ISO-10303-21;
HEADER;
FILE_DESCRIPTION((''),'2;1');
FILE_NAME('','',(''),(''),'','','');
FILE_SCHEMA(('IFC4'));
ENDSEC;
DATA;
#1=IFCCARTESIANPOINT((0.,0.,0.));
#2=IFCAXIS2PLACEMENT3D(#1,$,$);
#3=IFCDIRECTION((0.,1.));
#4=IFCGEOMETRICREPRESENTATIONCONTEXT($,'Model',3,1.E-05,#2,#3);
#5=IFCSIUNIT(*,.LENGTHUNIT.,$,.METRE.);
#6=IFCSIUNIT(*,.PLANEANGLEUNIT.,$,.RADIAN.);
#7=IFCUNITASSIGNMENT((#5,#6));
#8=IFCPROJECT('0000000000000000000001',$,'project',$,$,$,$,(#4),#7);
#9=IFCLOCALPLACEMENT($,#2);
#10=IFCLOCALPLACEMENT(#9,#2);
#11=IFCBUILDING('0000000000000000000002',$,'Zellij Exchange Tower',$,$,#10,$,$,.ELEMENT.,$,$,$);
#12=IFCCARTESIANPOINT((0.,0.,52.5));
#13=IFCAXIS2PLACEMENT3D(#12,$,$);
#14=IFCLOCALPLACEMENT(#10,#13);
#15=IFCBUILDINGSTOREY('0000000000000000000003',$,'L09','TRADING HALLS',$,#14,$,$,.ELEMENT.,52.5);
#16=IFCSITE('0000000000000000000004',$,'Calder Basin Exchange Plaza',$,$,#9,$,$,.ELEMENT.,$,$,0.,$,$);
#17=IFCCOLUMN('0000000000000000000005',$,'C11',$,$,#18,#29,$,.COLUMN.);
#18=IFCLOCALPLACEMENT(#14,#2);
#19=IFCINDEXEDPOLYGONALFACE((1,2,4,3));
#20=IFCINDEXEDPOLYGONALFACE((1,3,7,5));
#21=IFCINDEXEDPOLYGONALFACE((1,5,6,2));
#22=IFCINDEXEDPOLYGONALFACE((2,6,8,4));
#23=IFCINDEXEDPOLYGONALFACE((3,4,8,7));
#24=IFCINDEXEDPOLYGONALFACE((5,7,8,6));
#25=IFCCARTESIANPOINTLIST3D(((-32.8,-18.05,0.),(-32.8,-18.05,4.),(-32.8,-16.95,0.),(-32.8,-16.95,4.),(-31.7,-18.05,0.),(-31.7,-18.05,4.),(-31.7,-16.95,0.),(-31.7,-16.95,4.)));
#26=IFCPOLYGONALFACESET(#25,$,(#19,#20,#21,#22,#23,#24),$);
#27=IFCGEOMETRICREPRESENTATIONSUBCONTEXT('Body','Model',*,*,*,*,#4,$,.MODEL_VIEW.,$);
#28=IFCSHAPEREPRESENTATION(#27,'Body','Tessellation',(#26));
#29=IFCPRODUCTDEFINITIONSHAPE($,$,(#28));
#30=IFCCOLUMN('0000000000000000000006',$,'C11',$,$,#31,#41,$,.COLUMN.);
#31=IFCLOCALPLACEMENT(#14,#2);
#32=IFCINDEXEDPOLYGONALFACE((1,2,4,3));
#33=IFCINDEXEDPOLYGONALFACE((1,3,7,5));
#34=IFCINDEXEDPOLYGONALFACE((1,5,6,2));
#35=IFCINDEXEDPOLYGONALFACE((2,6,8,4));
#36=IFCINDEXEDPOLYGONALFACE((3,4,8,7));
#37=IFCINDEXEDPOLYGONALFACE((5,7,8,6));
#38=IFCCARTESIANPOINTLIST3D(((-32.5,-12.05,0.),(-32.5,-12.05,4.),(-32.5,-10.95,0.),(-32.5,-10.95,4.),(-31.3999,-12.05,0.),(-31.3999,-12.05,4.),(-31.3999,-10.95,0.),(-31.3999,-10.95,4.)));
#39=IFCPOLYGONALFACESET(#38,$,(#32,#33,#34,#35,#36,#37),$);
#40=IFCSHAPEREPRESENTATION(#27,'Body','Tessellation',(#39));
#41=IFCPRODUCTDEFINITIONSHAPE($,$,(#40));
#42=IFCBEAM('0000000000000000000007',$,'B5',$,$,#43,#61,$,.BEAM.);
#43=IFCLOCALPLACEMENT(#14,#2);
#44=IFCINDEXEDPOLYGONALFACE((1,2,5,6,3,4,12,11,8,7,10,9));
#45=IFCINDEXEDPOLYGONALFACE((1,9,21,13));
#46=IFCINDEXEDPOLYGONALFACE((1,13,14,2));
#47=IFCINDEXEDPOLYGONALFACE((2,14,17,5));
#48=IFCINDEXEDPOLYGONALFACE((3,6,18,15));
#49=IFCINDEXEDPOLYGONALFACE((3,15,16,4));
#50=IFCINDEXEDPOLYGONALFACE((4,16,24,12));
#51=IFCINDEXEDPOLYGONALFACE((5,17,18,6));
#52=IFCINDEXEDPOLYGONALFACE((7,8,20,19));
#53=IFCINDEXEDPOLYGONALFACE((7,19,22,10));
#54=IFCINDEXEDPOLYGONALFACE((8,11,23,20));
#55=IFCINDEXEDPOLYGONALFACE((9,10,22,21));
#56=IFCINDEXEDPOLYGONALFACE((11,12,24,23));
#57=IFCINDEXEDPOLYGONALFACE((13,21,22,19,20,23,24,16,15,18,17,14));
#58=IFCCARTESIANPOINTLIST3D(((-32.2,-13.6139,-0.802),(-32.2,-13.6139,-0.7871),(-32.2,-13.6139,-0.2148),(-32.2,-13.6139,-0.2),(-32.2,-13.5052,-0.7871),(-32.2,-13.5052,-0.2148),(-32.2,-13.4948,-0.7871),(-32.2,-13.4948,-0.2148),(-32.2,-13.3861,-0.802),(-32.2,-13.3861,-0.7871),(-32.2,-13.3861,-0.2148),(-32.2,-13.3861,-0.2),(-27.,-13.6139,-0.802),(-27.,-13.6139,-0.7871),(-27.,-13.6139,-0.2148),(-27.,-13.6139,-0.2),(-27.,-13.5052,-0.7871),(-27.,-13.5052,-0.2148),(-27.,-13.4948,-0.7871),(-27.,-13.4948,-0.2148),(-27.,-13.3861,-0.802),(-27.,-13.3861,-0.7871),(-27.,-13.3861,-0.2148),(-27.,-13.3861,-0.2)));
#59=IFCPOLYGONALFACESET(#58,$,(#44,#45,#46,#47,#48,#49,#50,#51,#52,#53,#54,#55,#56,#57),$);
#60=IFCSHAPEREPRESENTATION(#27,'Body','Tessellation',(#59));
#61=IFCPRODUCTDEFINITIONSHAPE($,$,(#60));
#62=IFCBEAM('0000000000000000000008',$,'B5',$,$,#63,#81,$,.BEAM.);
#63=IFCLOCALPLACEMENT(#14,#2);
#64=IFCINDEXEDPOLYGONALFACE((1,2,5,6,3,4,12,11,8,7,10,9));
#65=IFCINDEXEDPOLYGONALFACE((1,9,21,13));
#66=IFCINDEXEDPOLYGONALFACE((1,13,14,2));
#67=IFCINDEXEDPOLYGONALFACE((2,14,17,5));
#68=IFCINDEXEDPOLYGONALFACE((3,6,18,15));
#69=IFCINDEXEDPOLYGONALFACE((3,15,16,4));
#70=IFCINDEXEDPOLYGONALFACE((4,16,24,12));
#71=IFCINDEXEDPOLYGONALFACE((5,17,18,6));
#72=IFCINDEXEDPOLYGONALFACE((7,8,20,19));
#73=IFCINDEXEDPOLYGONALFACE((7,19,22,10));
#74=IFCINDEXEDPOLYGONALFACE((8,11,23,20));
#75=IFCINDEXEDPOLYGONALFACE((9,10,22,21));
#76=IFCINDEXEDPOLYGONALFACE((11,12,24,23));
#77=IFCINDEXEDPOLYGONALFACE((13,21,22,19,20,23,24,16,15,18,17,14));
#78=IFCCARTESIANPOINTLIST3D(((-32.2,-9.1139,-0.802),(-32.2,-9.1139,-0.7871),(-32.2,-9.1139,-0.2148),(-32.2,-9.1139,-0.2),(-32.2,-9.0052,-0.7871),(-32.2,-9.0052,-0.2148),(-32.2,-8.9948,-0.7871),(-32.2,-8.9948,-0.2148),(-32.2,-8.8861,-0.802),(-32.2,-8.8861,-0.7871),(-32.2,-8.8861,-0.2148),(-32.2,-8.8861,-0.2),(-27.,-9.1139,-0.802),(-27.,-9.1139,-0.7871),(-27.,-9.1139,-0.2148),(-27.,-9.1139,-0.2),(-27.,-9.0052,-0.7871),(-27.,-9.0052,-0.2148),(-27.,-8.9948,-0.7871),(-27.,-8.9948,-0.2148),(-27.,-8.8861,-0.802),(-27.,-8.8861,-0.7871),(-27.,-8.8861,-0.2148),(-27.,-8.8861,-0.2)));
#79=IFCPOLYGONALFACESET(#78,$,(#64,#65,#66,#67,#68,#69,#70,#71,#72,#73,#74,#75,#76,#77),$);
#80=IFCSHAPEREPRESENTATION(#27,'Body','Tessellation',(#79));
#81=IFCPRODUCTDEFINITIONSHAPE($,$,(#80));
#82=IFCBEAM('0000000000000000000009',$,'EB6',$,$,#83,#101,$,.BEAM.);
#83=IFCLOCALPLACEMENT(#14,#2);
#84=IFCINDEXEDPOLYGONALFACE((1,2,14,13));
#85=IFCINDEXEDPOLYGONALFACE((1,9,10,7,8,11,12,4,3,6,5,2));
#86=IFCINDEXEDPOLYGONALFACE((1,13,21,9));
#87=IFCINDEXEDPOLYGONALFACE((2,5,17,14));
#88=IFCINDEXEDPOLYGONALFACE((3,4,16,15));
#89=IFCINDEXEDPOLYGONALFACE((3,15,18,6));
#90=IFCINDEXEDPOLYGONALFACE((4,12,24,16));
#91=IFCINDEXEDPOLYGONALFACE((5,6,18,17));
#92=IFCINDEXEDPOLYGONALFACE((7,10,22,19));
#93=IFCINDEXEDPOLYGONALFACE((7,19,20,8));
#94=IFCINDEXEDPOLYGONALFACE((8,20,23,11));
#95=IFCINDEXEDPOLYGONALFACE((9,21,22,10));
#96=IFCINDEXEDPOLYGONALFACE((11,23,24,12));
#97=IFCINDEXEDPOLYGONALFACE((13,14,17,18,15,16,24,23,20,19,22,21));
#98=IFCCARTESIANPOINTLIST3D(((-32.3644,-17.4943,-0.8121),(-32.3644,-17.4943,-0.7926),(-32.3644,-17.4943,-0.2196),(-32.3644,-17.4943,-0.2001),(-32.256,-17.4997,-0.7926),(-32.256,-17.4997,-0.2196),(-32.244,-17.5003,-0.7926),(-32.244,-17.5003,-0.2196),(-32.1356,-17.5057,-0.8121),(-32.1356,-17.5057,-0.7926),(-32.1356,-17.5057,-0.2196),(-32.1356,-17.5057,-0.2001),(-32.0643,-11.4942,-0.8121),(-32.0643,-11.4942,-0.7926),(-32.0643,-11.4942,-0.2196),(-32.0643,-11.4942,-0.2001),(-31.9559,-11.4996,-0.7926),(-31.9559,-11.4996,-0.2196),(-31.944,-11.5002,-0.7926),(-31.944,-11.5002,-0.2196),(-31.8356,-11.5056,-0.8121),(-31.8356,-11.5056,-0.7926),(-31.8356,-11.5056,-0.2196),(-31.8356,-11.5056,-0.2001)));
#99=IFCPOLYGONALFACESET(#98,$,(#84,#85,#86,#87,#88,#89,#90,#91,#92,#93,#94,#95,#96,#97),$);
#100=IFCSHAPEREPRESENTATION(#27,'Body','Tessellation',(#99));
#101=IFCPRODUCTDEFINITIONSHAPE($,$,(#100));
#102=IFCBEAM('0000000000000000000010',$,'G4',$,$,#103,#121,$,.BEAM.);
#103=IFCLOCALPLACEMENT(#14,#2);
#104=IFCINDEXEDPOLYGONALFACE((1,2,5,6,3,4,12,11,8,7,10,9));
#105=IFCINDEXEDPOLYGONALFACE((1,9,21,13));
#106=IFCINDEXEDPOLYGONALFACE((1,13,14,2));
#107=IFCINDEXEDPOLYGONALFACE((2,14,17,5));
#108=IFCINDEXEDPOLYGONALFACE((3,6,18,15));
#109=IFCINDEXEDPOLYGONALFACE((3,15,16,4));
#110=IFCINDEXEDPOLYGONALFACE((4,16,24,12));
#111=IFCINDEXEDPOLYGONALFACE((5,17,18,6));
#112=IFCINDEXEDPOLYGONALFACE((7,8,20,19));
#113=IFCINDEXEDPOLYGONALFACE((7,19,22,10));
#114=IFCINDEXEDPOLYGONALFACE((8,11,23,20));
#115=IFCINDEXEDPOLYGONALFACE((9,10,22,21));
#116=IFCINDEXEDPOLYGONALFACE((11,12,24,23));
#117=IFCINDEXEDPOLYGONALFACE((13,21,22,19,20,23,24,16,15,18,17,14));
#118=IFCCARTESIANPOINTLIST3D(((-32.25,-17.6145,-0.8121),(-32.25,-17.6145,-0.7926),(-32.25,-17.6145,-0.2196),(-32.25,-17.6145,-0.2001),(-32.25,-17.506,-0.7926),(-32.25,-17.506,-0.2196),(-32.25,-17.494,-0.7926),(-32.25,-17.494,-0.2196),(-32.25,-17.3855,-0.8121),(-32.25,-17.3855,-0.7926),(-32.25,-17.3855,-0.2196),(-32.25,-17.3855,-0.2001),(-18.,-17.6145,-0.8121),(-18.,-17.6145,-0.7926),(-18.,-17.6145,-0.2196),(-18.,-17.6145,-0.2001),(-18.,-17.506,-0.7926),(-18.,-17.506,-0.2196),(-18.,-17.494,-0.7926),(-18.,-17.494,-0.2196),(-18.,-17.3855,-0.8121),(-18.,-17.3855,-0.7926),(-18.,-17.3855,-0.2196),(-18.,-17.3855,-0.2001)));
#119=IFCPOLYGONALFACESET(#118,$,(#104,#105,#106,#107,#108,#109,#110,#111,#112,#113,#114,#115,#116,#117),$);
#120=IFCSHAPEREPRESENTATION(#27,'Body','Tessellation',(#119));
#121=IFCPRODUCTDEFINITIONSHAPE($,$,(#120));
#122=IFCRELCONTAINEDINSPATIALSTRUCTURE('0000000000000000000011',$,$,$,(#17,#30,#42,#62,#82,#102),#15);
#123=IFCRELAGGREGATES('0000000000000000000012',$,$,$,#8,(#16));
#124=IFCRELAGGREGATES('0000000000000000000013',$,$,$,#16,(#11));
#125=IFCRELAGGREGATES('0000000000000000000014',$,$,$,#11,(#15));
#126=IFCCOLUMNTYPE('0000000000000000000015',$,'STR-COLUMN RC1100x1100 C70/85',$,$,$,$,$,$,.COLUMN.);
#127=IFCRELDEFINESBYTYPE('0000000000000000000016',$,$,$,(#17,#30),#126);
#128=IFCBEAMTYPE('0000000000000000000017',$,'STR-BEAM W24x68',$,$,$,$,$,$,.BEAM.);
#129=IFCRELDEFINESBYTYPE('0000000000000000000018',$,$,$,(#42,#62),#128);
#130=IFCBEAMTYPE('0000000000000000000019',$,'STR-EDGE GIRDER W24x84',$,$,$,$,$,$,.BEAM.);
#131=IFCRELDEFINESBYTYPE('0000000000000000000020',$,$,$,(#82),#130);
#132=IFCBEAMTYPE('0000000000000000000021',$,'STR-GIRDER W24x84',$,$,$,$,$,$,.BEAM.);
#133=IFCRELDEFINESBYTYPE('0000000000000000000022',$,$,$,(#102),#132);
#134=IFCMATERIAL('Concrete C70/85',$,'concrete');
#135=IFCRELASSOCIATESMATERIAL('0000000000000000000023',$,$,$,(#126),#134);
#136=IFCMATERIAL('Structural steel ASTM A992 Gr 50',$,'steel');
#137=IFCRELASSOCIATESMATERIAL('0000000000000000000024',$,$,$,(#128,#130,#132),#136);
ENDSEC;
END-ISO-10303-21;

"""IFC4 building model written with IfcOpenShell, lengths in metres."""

from ifc_helpers import new_model, si_unit, direction, frame, origin, origin_2d, place, context, subcontext, project, spatial, rectangle, i_section, extrude, material, material_profile, profile_set, type_object, element, save


model = new_model("IFC4")

# Units and contexts
model_context = context("Model", 3, precision=1e-05, world=origin(), true_north=direction((0.0, 1.0)))
body_context = subcontext(model_context, "Body", "Model", "MODEL_VIEW")
ifc_project = project(units=[si_unit("LENGTHUNIT", "METRE"), si_unit("PLANEANGLEUNIT", "RADIAN")], contexts=[model_context])

# Site, building, storey
site_placement = place(None, origin())
site = spatial("IfcSite", under=ifc_project, at=site_placement, Name="Calder Basin Exchange Plaza", CompositionType="ELEMENT", RefElevation=0.0)
building_placement = place(site_placement, origin())
building = spatial("IfcBuilding", under=site, at=building_placement, Name="Zellij Exchange Tower", CompositionType="ELEMENT")
storey_placement = place(building_placement, frame((0.0, 0.0, 52.5)))
storey = spatial("IfcBuildingStorey", under=building, at=storey_placement, Name="L09", Description="TRADING HALLS", CompositionType="ELEMENT", Elevation=52.5)

# Columns
ifc_material_1 = material(Name="Concrete C70/85", Category="concrete")
ifc_material_profile_1 = material_profile(ifc_material_1, rectangle(XDim=1.1001, YDim=1.1001, at=origin_2d()), Name="STR-COLUMN RC1100x1100 C70/85")
ifc_profile_set_1 = profile_set([ifc_material_profile_1], Name="Concrete C70/85")
column_type = type_object("IfcColumnType", Name="STR-COLUMN RC1100x1100 C70/85", PredefinedType="COLUMN", material=ifc_profile_set_1)
for number, where, z_axis, x_axis, name in (
    (1, (-32.25, -17.5, 0.0), (0.0, 0.0, 1.0), (1.0, 0.0, 0.0), "C11"),
    (2, (-31.95, -11.5, 0.0), (0.0, 0.0, 1.0), (1.0, 0.0, 0.0), "C11"),
):
    element("IfcColumn", number, at=place(storey_placement, frame(where, z_axis=z_axis, x_axis=x_axis)), inside=storey, type_object=column_type, Name=name, PredefinedType="COLUMN", context=body_context, shape_type="SweptSolid", body=[
        extrude(rectangle(XDim=1.1001, YDim=1.1001, at=origin_2d()), origin(), (0.0, 0.0, 1.0), 4.0),
    ])

# Beams
ifc_material_2 = material(Name="Structural steel ASTM A992 Gr 50", Category="steel")
ifc_material_profile_2 = material_profile(ifc_material_2, i_section(OverallWidth=0.2278, OverallDepth=0.6021, WebThickness=0.0105, FlangeThickness=0.0149, at=origin_2d()), Name="W24x68")
ifc_profile_set_2 = profile_set([ifc_material_profile_2], Name="Structural steel ASTM A992 Gr 50")
beam_type_1 = type_object("IfcBeamType", Name="STR-BEAM W24x68", PredefinedType="BEAM", material=ifc_profile_set_2)
for number, where, z_axis, x_axis, name in (
    (3, (-32.2, -13.5, -0.501), (1.0, 0.0, 0.0), (0.0, 1.0, 0.0), "B5"),
    (4, (-32.2, -9.0, -0.501), (1.0, 0.0, 0.0), (0.0, 1.0, 0.0), "B5"),
):
    element("IfcBeam", number, at=place(storey_placement, frame(where, z_axis=z_axis, x_axis=x_axis)), inside=storey, type_object=beam_type_1, Name=name, PredefinedType="BEAM", context=body_context, shape_type="SweptSolid", body=[
        extrude(i_section(OverallWidth=0.2278, OverallDepth=0.6021, WebThickness=0.0105, FlangeThickness=0.0149, at=origin_2d()), origin(), (0.0, 0.0, 1.0), 5.2),
    ])
ifc_material_profile_3 = material_profile(ifc_material_2, i_section(OverallWidth=0.229, OverallDepth=0.6121, WebThickness=0.012, FlangeThickness=0.0195, at=origin_2d()), Name="W24x84")
ifc_profile_set_3 = profile_set([ifc_material_profile_3], Name="Structural steel ASTM A992 Gr 50")
beam_type_2 = type_object("IfcBeamType", Name="STR-EDGE GIRDER W24x84", PredefinedType="BEAM", material=ifc_profile_set_3)
beam_1_placement = place(storey_placement, frame((-32.25, -17.5, -0.5061), z_axis=(0.049946, 0.998752, 0.0), x_axis=(-0.998752, 0.049946, 0.0)))
element("IfcBeam", 5, at=beam_1_placement, inside=storey, type_object=beam_type_2, Name="EB6", PredefinedType="BEAM", context=body_context, shape_type="SweptSolid", body=[
    extrude(i_section(OverallWidth=0.229, OverallDepth=0.6121, WebThickness=0.012, FlangeThickness=0.0195, at=origin_2d()), origin(), (0.0, 0.0, 1.0), 6.0076),
])
ifc_material_profile_4 = material_profile(ifc_material_2, i_section(OverallWidth=0.229, OverallDepth=0.6121, WebThickness=0.012, FlangeThickness=0.0195, at=origin_2d()), Name="W24x84")
ifc_profile_set_4 = profile_set([ifc_material_profile_4], Name="Structural steel ASTM A992 Gr 50")
beam_type_3 = type_object("IfcBeamType", Name="STR-GIRDER W24x84", PredefinedType="BEAM", material=ifc_profile_set_4)
beam_2_placement = place(storey_placement, frame((-32.25, -17.5, -0.5061), z_axis=(1.0, 0.0, 0.0), x_axis=(0.0, 1.0, 0.0)))
element("IfcBeam", 6, at=beam_2_placement, inside=storey, type_object=beam_type_3, Name="G4", PredefinedType="BEAM", context=body_context, shape_type="SweptSolid", body=[
    extrude(i_section(OverallWidth=0.229, OverallDepth=0.6121, WebThickness=0.012, FlangeThickness=0.0195, at=origin_2d()), origin(), (0.0, 0.0, 1.0), 14.25),
])

save(model, "model.ifc")
